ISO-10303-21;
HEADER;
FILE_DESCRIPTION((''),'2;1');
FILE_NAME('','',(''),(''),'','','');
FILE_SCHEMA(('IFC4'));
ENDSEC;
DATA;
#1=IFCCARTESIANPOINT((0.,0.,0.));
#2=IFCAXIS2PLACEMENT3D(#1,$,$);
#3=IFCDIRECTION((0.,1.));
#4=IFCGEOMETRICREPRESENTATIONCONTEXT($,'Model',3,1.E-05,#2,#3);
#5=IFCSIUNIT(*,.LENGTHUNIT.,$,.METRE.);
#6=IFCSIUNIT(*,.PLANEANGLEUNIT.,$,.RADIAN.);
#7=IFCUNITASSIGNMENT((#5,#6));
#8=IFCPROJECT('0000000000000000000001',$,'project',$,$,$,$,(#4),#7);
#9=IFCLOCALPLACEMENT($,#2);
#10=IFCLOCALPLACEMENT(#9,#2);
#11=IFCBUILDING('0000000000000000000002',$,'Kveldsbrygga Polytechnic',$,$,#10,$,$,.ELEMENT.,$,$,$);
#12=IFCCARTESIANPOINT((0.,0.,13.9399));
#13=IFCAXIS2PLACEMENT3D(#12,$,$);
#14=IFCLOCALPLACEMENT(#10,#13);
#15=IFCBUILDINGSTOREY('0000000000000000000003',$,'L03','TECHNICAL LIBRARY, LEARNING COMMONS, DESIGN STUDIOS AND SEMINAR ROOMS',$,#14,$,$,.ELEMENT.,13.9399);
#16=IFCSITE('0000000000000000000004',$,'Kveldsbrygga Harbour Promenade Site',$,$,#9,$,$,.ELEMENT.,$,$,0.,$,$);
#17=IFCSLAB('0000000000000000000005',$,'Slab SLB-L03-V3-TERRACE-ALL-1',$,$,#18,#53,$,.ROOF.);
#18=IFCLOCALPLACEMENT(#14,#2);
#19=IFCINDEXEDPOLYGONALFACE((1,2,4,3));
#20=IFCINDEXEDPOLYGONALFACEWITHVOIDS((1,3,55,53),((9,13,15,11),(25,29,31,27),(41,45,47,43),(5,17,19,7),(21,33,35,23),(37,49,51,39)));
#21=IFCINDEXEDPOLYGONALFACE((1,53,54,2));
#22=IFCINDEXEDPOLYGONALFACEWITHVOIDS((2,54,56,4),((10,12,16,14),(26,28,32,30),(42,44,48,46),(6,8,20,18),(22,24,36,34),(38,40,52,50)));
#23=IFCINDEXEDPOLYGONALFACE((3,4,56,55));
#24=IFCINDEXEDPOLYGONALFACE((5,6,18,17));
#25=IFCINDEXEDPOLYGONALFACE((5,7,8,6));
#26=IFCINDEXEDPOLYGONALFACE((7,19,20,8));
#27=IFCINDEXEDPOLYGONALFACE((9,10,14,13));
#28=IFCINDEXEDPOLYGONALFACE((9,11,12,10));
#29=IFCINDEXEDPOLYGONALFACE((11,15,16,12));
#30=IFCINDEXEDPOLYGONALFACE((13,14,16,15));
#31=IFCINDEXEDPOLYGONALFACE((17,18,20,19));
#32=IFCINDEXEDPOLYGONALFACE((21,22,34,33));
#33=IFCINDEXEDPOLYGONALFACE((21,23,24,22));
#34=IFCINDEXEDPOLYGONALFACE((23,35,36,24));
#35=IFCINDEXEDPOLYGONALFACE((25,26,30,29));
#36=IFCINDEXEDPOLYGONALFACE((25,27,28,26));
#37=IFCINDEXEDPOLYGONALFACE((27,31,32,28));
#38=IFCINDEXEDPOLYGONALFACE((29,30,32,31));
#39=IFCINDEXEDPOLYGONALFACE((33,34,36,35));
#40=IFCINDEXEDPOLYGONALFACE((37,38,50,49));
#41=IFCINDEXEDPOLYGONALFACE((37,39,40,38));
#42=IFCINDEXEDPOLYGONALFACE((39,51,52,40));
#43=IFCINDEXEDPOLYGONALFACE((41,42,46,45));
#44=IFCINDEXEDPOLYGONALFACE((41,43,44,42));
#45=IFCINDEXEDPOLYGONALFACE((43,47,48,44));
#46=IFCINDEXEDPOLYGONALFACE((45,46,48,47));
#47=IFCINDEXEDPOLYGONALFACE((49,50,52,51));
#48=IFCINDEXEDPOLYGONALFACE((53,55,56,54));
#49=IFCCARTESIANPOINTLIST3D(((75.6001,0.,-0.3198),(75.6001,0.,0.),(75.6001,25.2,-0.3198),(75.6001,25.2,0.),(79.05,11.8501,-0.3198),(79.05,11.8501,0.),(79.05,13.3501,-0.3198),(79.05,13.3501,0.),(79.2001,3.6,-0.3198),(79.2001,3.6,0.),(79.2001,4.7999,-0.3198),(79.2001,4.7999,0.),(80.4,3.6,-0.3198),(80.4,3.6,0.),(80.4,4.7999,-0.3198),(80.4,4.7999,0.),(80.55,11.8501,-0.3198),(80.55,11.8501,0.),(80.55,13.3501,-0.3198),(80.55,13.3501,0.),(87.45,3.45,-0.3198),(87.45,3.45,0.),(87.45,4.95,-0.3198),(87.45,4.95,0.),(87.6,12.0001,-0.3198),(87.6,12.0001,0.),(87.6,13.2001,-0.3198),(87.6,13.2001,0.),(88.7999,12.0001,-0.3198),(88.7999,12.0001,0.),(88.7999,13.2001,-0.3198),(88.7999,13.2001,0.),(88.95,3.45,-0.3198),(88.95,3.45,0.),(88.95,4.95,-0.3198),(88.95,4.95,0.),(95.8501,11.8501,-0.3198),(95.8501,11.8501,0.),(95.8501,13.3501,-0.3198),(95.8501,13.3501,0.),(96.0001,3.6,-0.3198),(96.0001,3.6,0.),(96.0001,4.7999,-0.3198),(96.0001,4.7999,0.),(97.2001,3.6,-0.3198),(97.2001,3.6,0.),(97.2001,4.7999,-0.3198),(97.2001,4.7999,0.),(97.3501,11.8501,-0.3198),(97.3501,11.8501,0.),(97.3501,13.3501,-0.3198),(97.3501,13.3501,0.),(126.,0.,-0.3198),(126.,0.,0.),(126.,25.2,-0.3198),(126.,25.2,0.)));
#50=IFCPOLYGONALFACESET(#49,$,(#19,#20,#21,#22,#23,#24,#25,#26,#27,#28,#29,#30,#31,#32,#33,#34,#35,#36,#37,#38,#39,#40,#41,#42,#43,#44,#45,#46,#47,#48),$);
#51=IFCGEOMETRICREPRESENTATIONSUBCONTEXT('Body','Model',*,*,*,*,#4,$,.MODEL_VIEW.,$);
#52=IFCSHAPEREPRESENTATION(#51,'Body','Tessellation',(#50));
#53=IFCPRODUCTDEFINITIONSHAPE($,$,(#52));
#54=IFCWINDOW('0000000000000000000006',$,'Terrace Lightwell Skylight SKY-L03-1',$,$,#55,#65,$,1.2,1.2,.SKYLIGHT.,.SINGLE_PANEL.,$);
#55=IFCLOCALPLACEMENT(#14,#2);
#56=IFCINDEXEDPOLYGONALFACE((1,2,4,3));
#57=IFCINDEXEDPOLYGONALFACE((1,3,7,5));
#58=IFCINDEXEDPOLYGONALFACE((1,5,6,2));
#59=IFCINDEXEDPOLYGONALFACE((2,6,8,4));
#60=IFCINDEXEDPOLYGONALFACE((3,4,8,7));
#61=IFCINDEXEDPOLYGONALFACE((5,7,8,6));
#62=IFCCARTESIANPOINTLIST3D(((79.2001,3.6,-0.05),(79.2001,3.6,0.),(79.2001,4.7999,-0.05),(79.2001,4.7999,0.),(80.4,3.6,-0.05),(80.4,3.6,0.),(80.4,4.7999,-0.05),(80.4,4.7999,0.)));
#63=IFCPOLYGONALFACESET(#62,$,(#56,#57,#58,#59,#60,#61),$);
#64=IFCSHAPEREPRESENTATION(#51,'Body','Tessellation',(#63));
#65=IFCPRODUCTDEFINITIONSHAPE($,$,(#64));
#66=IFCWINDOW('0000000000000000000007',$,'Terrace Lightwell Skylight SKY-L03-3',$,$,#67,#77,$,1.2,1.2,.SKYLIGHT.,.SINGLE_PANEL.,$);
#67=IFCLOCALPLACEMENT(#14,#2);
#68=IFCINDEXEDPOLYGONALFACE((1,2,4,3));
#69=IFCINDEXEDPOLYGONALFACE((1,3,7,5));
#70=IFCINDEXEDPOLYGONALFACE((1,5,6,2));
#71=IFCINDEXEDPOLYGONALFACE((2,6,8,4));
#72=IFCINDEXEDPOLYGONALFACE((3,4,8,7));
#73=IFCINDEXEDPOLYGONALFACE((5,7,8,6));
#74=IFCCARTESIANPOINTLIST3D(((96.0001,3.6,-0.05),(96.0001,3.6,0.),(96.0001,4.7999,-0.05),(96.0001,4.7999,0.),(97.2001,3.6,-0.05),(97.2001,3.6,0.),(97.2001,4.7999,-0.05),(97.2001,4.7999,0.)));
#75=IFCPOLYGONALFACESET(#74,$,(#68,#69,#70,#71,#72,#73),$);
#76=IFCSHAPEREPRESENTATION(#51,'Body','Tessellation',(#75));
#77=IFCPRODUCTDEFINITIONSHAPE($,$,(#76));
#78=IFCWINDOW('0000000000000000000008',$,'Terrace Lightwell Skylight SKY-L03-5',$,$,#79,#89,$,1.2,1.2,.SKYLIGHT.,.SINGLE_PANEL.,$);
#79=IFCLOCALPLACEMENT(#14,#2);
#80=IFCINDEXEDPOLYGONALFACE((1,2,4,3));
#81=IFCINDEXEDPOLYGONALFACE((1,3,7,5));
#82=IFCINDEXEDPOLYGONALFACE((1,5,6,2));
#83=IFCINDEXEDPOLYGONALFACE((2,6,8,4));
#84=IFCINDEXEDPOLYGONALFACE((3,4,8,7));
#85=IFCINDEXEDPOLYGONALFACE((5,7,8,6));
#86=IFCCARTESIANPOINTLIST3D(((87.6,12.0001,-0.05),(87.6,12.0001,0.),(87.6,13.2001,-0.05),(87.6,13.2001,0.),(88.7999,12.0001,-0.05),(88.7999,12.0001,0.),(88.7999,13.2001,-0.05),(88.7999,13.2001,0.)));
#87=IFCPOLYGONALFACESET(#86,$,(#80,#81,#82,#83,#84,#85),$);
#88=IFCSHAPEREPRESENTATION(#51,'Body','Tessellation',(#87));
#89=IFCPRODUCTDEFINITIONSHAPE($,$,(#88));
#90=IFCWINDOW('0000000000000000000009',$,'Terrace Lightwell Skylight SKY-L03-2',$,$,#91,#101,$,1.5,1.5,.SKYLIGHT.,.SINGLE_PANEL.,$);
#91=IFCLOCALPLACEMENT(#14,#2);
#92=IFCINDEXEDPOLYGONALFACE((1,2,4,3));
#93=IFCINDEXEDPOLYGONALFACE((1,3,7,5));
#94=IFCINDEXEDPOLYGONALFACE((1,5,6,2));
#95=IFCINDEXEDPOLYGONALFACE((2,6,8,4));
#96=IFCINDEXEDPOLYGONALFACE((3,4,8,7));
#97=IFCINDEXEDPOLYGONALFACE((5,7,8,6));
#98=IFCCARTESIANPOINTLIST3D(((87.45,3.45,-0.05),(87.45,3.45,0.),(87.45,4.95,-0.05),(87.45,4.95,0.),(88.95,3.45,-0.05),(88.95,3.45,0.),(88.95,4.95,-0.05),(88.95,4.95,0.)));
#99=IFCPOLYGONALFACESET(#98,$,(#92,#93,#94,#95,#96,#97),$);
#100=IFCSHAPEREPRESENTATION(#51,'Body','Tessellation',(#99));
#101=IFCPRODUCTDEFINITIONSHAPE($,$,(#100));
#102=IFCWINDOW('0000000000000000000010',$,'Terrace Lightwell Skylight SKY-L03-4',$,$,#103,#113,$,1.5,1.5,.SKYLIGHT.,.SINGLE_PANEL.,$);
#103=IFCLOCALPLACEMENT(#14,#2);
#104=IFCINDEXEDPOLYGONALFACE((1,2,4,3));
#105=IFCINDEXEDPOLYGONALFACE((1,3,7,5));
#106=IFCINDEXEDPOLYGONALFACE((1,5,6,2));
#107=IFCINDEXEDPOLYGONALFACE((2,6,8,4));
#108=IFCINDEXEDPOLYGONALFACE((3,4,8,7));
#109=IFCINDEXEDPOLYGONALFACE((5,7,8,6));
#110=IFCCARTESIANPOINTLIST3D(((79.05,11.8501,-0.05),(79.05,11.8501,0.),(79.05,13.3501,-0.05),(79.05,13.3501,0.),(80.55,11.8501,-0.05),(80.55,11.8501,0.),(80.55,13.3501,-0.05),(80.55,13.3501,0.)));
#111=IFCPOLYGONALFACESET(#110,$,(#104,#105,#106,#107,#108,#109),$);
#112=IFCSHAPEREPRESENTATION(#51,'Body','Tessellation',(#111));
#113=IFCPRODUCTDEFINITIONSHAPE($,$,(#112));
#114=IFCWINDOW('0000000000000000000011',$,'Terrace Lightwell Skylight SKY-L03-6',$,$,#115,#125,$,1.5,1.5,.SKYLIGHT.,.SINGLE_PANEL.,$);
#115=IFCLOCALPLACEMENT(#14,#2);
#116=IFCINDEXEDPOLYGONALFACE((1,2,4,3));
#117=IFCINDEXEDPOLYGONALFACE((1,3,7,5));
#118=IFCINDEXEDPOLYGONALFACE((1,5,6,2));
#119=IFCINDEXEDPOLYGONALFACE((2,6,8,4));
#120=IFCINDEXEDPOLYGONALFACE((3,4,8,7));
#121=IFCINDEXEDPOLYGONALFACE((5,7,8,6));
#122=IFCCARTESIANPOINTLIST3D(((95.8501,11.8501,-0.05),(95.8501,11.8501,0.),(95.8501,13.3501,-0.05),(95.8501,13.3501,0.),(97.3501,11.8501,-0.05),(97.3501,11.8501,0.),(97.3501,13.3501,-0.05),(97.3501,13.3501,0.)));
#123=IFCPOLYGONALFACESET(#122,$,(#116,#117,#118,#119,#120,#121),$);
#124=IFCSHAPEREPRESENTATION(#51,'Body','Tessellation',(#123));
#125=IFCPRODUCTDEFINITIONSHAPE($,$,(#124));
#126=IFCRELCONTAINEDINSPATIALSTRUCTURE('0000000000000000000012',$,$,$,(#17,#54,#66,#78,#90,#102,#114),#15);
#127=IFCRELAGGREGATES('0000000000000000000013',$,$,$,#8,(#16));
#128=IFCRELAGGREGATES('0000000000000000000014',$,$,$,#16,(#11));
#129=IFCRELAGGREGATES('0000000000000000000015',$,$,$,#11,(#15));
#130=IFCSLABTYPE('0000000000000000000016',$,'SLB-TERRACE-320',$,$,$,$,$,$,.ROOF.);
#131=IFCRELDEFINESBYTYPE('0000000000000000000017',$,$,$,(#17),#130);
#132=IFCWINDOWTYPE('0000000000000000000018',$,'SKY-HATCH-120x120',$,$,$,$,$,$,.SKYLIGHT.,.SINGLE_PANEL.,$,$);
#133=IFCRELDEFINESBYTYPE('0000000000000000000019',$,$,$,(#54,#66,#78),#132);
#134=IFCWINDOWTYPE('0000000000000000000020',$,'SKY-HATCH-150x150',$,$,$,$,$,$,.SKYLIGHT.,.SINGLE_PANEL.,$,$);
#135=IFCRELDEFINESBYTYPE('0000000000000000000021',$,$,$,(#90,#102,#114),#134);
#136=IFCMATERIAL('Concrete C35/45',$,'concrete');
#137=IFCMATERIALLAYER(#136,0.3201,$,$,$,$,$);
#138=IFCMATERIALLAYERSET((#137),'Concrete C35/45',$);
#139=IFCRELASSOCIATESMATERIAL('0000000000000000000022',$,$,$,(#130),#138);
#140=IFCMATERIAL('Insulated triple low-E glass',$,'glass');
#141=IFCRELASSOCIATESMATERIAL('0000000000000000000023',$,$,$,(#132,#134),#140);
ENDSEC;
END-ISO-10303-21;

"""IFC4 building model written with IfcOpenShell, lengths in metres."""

from ifc_helpers import new_model, si_unit, direction, frame, origin, origin_2d, place, context, subcontext, project, spatial, polyline, rectangle, outline, extrude, material, layer, layer_set, type_object, element, fill, save


model = new_model("IFC4")

# Units and contexts
model_context = context("Model", 3, precision=1e-05, world=origin(), true_north=direction((0.0, 1.0)))
body_context = subcontext(model_context, "Body", "Model", "MODEL_VIEW")
ifc_project = project(units=[si_unit("LENGTHUNIT", "METRE"), si_unit("PLANEANGLEUNIT", "RADIAN")], contexts=[model_context])

# Site, building, storey
site_placement = place(None, origin())
site = spatial("IfcSite", under=ifc_project, at=site_placement, Name="Kveldsbrygga Harbour Promenade Site", CompositionType="ELEMENT", RefElevation=0.0)
building_placement = place(site_placement, origin())
building = spatial("IfcBuilding", under=site, at=building_placement, Name="Kveldsbrygga Polytechnic", CompositionType="ELEMENT")
storey_placement = place(building_placement, frame((0.0, 0.0, 13.9399)))
storey = spatial("IfcBuildingStorey", under=building, at=storey_placement, Name="L03", Description="TECHNICAL LIBRARY, LEARNING COMMONS, DESIGN STUDIOS AND SEMINAR ROOMS", CompositionType="ELEMENT", Elevation=13.9399)

# Shared definitions
ifc_material_1 = material(Name="Concrete C35/45", Category="concrete")

# Slab, openings, windows
ifc_layer_1 = layer(ifc_material_1, 0.3201)
ifc_layer_set_1 = layer_set([ifc_layer_1], Name="Concrete C35/45")
slab_type_1 = type_object("IfcSlabType", Name="SLB-TERRACE-320", PredefinedType="ROOF", material=ifc_layer_set_1)
slab_1_placement = place(storey_placement, frame((0.0, 0.0, -0.3198)))
slab_1 = element("IfcSlab", 1, at=slab_1_placement, inside=storey, type_object=slab_type_1, Name="Slab SLB-L03-V3-TERRACE-ALL-1", PredefinedType="ROOF", context=body_context, shape_type="SweptSolid", body=[
    extrude(outline(polyline([(75.6001, 25.2), (84.0, 25.2), (92.3999, 25.2), (100.8, 25.2), (109.2, 25.2), (117.6001, 25.2), (126.0, 25.2), (126.0, 16.8), (126.0, 8.3999), (126.0, 0.0), (117.6001, 0.0), (109.2, 0.0), (100.8, 0.0), (92.3999, 0.0), (84.0, 0.0), (75.6001, 0.0), (75.6001, 8.3999), (75.6001, 16.8), (75.6001, 25.2)])), origin(), (0.0, 0.0, 1.0), 0.3198),
])
opening_1_placement = place(slab_1_placement, frame((79.8, 4.2, 0.0)))
opening_1 = element("IfcOpeningElement", 2, at=opening_1_placement, cuts=slab_1, PredefinedType="OPENING", context=body_context, shape_type="SweptSolid", body=[
    extrude(rectangle(XDim=1.2, YDim=1.2, at=origin_2d()), frame((0.0, 0.0, -0.01)), (0.0, 0.0, 1.0), 0.3398),
])
opening_2_placement = place(slab_1_placement, frame((88.2, 4.2, 0.0)))
opening_2 = element("IfcOpeningElement", 3, at=opening_2_placement, cuts=slab_1, PredefinedType="OPENING", context=body_context, shape_type="SweptSolid", body=[
    extrude(rectangle(XDim=1.5, YDim=1.5, at=origin_2d()), frame((0.0, 0.0, -0.01)), (0.0, 0.0, 1.0), 0.3398),
])
opening_3_placement = place(slab_1_placement, frame((96.6001, 4.2, 0.0)))
opening_3 = element("IfcOpeningElement", 4, at=opening_3_placement, cuts=slab_1, PredefinedType="OPENING", context=body_context, shape_type="SweptSolid", body=[
    extrude(rectangle(XDim=1.2, YDim=1.2, at=origin_2d()), frame((0.0, 0.0, -0.01)), (0.0, 0.0, 1.0), 0.3398),
])
opening_4_placement = place(slab_1_placement, frame((79.8, 12.6001, 0.0)))
opening_4 = element("IfcOpeningElement", 5, at=opening_4_placement, cuts=slab_1, PredefinedType="OPENING", context=body_context, shape_type="SweptSolid", body=[
    extrude(rectangle(XDim=1.5, YDim=1.5, at=origin_2d()), frame((0.0, 0.0, -0.01)), (0.0, 0.0, 1.0), 0.3398),
])
opening_5_placement = place(slab_1_placement, frame((88.2, 12.6001, 0.0)))
opening_5 = element("IfcOpeningElement", 6, at=opening_5_placement, cuts=slab_1, PredefinedType="OPENING", context=body_context, shape_type="SweptSolid", body=[
    extrude(rectangle(XDim=1.2, YDim=1.2, at=origin_2d()), frame((0.0, 0.0, -0.01)), (0.0, 0.0, 1.0), 0.3398),
])
opening_6_placement = place(slab_1_placement, frame((96.6001, 12.6001, 0.0)))
opening_6 = element("IfcOpeningElement", 7, at=opening_6_placement, cuts=slab_1, PredefinedType="OPENING", context=body_context, shape_type="SweptSolid", body=[
    extrude(rectangle(XDim=1.5, YDim=1.5, at=origin_2d()), frame((0.0, 0.0, -0.01)), (0.0, 0.0, 1.0), 0.3398),
])
ifc_material_2 = material(Name="Insulated triple low-E glass", Category="glass")
window_type_1 = type_object("IfcWindowType", Name="SKY-HATCH-120x120", PartitioningType="SINGLE_PANEL", PredefinedType="SKYLIGHT", material=ifc_material_2)
window_1_placement = place(opening_1_placement, frame((0.0, 0.0, 0.2698)))
window_1 = element("IfcWindow", 8, at=window_1_placement, inside=storey, type_object=window_type_1, Name="Terrace Lightwell Skylight SKY-L03-1", OverallHeight=1.2, OverallWidth=1.2, PartitioningType="SINGLE_PANEL", PredefinedType="SKYLIGHT", context=body_context, shape_type="SweptSolid", body=[
    extrude(rectangle(XDim=1.2, YDim=1.2, at=origin_2d()), origin(), (0.0, 0.0, 1.0), 0.05),
])
fill(opening_1, window_1)
window_2_placement = place(opening_3_placement, frame((0.0, 0.0, 0.2698)))
window_2 = element("IfcWindow", 9, at=window_2_placement, inside=storey, type_object=window_type_1, Name="Terrace Lightwell Skylight SKY-L03-3", OverallHeight=1.2, OverallWidth=1.2, PartitioningType="SINGLE_PANEL", PredefinedType="SKYLIGHT", context=body_context, shape_type="SweptSolid", body=[
    extrude(rectangle(XDim=1.2, YDim=1.2, at=origin_2d()), origin(), (0.0, 0.0, 1.0), 0.05),
])
fill(opening_3, window_2)
window_3_placement = place(opening_5_placement, frame((0.0, 0.0, 0.2698)))
window_3 = element("IfcWindow", 10, at=window_3_placement, inside=storey, type_object=window_type_1, Name="Terrace Lightwell Skylight SKY-L03-5", OverallHeight=1.2, OverallWidth=1.2, PartitioningType="SINGLE_PANEL", PredefinedType="SKYLIGHT", context=body_context, shape_type="SweptSolid", body=[
    extrude(rectangle(XDim=1.2, YDim=1.2, at=origin_2d()), origin(), (0.0, 0.0, 1.0), 0.05),
])
fill(opening_5, window_3)
window_type_2 = type_object("IfcWindowType", Name="SKY-HATCH-150x150", PartitioningType="SINGLE_PANEL", PredefinedType="SKYLIGHT", material=ifc_material_2)
window_4_placement = place(opening_2_placement, frame((0.0, 0.0, 0.2698)))
window_4 = element("IfcWindow", 11, at=window_4_placement, inside=storey, type_object=window_type_2, Name="Terrace Lightwell Skylight SKY-L03-2", OverallHeight=1.5, OverallWidth=1.5, PartitioningType="SINGLE_PANEL", PredefinedType="SKYLIGHT", context=body_context, shape_type="SweptSolid", body=[
    extrude(rectangle(XDim=1.5, YDim=1.5, at=origin_2d()), origin(), (0.0, 0.0, 1.0), 0.05),
])
fill(opening_2, window_4)
window_5_placement = place(opening_4_placement, frame((0.0, 0.0, 0.2698)))
window_5 = element("IfcWindow", 12, at=window_5_placement, inside=storey, type_object=window_type_2, Name="Terrace Lightwell Skylight SKY-L03-4", OverallHeight=1.5, OverallWidth=1.5, PartitioningType="SINGLE_PANEL", PredefinedType="SKYLIGHT", context=body_context, shape_type="SweptSolid", body=[
    extrude(rectangle(XDim=1.5, YDim=1.5, at=origin_2d()), origin(), (0.0, 0.0, 1.0), 0.05),
])
fill(opening_4, window_5)
window_6_placement = place(opening_6_placement, frame((0.0, 0.0, 0.2698)))
window_6 = element("IfcWindow", 13, at=window_6_placement, inside=storey, type_object=window_type_2, Name="Terrace Lightwell Skylight SKY-L03-6", OverallHeight=1.5, OverallWidth=1.5, PartitioningType="SINGLE_PANEL", PredefinedType="SKYLIGHT", context=body_context, shape_type="SweptSolid", body=[
    extrude(rectangle(XDim=1.5, YDim=1.5, at=origin_2d()), origin(), (0.0, 0.0, 1.0), 0.05),
])
fill(opening_6, window_6)

save(model, "model.ifc")
